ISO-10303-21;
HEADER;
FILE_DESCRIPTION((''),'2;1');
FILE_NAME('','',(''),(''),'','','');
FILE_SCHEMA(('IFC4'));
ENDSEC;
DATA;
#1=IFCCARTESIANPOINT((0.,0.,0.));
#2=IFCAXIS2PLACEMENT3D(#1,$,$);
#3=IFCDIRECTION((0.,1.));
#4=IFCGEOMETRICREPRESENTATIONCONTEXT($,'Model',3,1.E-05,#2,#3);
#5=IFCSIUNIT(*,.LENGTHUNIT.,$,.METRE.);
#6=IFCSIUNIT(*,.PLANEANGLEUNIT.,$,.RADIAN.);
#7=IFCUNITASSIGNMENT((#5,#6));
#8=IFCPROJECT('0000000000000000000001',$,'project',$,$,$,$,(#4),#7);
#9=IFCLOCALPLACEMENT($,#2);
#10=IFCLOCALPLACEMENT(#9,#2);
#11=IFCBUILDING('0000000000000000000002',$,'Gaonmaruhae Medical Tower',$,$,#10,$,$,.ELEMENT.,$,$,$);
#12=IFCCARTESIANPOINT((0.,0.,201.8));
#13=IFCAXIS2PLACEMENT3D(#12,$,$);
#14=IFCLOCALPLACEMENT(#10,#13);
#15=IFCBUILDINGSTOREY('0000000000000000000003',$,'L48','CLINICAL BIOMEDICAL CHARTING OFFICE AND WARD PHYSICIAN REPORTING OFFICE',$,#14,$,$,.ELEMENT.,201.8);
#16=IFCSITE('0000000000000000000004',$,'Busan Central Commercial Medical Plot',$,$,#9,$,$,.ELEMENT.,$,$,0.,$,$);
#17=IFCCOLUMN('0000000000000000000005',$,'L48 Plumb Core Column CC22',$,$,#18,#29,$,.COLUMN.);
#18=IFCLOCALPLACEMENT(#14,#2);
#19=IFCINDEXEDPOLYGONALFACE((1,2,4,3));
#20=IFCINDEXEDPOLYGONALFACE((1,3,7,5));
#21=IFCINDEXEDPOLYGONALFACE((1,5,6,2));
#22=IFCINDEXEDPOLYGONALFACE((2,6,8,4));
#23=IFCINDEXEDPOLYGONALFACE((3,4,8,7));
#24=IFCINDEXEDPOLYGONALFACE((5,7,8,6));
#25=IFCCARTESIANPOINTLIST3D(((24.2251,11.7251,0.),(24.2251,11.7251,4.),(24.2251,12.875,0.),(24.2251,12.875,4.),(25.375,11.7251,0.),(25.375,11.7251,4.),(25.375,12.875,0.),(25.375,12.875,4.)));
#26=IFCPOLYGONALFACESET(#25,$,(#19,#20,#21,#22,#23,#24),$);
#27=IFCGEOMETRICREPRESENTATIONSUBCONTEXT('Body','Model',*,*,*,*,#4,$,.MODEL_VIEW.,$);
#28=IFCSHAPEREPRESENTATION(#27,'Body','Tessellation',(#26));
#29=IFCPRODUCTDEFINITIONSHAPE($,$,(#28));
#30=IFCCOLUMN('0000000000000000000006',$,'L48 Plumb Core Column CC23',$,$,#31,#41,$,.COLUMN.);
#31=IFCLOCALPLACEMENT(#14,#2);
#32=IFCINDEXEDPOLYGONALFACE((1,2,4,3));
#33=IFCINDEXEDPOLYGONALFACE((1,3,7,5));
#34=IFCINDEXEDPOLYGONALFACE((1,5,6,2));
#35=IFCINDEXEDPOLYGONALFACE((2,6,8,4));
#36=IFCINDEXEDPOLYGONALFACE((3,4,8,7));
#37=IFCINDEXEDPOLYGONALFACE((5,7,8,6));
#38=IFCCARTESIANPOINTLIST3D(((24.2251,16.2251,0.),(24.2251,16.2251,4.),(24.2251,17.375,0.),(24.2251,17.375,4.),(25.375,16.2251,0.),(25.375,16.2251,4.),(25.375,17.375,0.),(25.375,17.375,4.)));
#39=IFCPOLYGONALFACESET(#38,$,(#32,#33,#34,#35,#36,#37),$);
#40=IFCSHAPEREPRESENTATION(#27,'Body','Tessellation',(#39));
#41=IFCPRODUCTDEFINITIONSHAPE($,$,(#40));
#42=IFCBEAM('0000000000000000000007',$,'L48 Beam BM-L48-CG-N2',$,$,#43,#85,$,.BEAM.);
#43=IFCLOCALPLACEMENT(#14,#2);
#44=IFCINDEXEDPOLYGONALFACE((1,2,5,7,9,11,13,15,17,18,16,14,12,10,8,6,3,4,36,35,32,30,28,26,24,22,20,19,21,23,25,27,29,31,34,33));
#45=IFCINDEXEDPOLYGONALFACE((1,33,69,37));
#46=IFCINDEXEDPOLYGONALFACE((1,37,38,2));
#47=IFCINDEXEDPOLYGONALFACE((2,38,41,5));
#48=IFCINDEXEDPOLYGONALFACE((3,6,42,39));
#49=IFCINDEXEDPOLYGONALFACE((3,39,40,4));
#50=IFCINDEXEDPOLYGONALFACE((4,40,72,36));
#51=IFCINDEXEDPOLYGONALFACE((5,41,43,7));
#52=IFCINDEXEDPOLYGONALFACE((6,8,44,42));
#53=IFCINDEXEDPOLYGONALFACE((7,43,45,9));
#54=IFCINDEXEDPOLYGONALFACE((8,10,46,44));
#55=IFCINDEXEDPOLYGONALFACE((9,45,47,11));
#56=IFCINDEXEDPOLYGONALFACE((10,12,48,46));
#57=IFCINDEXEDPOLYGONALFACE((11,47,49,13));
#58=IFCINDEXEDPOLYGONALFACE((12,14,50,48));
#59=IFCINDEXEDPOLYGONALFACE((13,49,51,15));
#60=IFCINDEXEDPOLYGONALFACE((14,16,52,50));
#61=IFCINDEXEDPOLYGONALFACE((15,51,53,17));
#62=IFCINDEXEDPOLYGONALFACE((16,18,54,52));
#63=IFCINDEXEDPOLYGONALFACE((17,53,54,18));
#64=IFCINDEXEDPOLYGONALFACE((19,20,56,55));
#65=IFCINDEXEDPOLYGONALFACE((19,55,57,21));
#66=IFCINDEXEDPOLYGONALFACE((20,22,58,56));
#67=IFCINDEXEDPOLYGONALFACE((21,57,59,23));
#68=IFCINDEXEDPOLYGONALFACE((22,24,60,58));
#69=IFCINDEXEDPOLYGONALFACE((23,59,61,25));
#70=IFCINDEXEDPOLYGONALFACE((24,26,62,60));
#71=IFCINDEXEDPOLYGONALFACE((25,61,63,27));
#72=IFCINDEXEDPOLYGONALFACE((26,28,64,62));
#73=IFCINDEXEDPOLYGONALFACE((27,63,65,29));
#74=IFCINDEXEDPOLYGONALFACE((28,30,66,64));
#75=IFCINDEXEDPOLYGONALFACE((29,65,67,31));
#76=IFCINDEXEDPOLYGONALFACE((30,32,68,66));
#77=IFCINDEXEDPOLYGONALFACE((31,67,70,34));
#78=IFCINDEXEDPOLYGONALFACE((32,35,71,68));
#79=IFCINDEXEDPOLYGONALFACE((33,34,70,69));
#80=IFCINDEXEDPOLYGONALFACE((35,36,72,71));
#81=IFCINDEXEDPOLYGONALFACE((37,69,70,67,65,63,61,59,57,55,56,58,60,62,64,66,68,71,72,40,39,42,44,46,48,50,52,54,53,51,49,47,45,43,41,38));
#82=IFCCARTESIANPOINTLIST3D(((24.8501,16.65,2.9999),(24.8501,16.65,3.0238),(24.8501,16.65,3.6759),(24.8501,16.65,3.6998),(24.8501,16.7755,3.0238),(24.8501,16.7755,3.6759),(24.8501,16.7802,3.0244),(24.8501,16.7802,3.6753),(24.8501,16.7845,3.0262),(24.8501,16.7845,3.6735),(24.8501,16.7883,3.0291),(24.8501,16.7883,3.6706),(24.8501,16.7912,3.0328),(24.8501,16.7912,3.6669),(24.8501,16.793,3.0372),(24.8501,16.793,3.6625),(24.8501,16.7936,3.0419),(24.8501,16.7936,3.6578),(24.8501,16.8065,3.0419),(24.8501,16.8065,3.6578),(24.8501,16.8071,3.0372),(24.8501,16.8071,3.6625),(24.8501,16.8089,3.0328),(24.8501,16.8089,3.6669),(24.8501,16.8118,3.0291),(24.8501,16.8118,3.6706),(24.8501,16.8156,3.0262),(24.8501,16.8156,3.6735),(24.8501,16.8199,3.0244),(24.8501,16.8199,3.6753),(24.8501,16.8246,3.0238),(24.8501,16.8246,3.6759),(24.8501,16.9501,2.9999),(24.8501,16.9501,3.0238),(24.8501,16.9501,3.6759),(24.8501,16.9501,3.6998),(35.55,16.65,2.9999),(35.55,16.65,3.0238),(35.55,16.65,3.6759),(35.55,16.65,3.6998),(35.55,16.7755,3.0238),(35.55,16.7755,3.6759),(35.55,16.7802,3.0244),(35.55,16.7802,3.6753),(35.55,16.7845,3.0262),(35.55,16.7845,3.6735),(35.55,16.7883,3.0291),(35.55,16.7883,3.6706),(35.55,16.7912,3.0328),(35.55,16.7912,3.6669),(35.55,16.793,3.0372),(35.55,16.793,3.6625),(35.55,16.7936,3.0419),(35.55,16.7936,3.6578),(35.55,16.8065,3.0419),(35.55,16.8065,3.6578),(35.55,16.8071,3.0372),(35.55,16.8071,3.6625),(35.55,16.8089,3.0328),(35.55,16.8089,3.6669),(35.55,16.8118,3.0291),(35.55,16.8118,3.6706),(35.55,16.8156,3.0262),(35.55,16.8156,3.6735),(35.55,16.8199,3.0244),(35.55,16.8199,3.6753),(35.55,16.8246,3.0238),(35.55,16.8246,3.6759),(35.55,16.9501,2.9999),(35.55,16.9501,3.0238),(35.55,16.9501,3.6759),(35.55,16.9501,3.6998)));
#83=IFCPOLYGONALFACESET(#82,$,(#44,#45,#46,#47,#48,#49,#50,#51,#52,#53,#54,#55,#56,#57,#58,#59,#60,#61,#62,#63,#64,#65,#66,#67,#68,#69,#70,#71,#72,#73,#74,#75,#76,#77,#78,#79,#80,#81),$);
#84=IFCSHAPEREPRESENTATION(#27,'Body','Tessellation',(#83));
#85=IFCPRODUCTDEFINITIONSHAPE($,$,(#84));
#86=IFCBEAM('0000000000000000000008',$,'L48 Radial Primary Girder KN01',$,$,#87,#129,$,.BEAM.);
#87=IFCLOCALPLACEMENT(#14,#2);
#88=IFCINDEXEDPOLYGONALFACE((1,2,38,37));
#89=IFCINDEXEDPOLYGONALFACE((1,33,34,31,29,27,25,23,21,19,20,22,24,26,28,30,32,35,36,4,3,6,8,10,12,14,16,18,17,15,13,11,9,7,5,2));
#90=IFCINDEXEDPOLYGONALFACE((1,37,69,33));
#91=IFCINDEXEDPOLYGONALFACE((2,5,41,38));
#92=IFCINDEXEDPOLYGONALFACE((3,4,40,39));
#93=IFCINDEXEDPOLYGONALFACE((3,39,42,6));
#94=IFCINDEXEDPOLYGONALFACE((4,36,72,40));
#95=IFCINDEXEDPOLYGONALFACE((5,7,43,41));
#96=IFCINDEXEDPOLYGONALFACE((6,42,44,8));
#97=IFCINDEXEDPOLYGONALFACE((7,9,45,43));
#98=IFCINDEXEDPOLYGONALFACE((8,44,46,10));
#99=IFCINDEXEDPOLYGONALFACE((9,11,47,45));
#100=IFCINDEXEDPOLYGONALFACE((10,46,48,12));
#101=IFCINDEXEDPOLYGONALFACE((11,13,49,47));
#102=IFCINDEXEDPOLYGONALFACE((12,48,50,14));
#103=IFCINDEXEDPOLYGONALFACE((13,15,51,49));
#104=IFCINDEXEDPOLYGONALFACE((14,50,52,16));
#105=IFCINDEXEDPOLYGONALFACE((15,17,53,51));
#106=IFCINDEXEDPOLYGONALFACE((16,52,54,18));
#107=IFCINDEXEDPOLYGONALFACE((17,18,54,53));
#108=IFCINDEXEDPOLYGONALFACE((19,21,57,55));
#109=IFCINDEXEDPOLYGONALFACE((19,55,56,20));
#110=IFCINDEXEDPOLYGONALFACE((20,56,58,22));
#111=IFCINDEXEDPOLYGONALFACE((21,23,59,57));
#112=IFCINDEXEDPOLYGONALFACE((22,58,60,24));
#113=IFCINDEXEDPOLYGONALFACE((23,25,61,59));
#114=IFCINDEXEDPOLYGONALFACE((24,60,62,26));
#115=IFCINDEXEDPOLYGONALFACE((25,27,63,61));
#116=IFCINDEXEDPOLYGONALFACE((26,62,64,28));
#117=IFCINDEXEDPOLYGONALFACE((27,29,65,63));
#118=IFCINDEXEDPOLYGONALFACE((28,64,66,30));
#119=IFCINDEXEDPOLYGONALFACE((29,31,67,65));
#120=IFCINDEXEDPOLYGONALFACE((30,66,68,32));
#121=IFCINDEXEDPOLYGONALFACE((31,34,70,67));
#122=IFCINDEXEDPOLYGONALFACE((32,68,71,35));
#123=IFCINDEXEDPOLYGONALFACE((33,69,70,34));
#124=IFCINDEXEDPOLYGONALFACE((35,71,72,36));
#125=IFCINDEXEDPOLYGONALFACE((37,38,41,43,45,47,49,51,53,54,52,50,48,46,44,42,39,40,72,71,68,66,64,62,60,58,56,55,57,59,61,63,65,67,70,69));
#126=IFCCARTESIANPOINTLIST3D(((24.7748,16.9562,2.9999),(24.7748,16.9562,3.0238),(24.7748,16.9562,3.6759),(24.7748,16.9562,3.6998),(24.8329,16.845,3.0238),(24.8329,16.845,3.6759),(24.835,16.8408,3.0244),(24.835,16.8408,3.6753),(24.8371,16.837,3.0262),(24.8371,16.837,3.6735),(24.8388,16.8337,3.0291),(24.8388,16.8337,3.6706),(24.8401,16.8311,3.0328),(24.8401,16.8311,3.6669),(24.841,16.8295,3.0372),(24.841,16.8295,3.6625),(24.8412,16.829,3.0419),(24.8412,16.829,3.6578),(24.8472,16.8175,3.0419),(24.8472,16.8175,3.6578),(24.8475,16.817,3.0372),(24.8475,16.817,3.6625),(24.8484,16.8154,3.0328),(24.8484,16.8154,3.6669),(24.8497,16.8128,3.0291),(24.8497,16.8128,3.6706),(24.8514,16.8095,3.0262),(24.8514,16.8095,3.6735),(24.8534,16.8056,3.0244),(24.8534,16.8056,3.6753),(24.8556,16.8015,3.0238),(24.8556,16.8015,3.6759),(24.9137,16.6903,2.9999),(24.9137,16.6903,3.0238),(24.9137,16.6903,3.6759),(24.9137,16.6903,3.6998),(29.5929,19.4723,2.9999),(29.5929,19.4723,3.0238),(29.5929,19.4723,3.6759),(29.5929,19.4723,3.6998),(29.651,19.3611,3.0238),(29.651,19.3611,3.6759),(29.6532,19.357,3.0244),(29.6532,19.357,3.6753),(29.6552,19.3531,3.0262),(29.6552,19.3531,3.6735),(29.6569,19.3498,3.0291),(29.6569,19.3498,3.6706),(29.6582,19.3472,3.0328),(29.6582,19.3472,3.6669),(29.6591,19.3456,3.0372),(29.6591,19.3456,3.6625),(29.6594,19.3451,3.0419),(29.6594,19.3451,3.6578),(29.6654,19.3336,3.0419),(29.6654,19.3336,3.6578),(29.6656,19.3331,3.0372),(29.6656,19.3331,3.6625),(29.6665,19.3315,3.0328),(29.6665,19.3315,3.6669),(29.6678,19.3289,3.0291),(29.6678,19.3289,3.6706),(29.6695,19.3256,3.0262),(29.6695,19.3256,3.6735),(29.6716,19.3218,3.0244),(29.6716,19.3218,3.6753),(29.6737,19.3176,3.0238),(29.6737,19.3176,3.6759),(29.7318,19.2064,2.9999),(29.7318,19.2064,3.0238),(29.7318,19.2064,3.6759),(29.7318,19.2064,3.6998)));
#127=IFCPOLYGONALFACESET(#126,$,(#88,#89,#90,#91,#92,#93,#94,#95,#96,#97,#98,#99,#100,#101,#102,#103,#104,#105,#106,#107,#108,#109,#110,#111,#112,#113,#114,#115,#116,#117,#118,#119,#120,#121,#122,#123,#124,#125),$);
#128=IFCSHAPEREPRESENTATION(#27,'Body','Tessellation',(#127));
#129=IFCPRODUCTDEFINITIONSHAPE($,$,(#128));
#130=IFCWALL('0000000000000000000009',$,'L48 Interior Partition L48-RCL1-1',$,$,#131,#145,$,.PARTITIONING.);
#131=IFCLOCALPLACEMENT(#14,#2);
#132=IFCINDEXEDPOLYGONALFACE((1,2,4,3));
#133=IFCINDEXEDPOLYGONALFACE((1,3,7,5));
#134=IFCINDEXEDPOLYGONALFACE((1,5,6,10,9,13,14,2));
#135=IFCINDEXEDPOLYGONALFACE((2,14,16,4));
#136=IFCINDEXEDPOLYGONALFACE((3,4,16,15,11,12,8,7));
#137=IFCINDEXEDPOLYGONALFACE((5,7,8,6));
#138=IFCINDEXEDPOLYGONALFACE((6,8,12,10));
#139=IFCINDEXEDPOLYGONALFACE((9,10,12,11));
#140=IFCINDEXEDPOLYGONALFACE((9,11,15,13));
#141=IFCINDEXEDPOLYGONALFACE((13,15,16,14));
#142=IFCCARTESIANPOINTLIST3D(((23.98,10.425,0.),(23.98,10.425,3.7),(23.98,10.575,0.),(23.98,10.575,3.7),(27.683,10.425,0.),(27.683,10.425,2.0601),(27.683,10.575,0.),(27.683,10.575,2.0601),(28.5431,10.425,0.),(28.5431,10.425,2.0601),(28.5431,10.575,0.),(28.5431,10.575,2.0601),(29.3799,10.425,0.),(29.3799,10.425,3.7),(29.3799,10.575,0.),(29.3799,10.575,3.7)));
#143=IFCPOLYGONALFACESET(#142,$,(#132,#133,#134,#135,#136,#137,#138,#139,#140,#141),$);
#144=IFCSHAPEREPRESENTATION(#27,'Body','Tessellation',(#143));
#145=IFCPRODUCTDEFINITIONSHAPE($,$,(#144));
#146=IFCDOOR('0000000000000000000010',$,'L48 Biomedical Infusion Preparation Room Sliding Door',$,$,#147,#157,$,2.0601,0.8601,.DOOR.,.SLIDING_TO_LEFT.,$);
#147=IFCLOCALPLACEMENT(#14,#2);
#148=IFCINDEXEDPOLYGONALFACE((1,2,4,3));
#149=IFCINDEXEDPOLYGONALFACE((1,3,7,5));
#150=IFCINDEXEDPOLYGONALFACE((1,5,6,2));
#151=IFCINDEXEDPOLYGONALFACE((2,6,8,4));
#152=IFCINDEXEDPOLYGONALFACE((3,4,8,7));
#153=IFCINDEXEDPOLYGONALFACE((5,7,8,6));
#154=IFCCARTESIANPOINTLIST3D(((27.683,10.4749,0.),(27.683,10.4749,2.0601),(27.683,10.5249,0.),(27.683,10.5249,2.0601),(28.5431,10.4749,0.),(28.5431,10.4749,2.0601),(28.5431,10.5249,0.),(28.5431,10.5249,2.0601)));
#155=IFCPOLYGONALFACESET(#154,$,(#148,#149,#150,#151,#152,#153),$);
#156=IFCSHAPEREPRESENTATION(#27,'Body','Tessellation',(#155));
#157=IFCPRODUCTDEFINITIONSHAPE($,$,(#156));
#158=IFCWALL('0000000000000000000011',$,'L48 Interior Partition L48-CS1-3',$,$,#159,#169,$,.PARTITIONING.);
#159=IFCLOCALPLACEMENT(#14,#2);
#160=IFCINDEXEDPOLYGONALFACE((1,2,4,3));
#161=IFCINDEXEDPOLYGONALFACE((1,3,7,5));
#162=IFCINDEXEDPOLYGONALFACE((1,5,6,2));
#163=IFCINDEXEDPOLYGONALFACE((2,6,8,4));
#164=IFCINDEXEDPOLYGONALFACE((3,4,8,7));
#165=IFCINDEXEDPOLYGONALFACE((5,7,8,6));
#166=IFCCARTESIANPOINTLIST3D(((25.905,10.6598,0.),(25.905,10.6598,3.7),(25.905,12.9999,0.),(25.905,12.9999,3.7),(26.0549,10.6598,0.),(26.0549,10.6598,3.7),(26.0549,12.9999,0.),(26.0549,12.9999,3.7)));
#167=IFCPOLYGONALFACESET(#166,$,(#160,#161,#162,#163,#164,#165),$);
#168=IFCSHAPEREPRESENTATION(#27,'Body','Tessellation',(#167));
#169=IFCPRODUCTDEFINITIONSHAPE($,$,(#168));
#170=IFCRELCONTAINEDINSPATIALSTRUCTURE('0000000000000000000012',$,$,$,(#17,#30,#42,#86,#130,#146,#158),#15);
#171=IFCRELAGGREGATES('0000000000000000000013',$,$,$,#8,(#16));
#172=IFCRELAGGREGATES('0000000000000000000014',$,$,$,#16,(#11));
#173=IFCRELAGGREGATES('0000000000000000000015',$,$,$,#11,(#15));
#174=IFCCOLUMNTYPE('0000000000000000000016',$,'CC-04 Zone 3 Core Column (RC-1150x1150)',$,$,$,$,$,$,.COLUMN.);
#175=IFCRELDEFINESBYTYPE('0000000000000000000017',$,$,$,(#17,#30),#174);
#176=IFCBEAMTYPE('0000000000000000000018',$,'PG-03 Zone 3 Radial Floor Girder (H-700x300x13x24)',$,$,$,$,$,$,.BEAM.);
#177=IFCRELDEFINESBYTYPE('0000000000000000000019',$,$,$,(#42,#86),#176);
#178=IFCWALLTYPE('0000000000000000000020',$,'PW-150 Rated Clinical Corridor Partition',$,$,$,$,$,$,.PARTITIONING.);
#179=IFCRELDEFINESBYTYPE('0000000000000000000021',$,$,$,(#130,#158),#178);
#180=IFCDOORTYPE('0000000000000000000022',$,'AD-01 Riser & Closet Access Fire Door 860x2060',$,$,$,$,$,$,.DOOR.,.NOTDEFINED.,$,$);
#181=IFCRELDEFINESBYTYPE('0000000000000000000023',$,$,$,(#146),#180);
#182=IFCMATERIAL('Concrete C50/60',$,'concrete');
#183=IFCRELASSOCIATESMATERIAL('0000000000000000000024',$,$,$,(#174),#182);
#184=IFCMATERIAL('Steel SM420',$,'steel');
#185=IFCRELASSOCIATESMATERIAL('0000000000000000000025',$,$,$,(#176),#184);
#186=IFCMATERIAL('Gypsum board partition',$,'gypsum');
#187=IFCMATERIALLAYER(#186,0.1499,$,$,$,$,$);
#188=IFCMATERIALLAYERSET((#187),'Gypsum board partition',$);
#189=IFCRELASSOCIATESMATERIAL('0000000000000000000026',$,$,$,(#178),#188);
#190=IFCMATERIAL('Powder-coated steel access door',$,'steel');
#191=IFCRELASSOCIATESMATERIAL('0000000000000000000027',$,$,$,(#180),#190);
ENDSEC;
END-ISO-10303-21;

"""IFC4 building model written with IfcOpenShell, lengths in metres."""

from ifc_helpers import new_model, si_unit, direction, frame, frame_2d, origin, origin_2d, place, context, subcontext, project, spatial, rectangle, i_section, extrude, material, layer, layer_set, material_profile, profile_set, type_object, element, fill, save


model = new_model("IFC4")

# Units and contexts
model_context = context("Model", 3, precision=1e-05, world=origin(), true_north=direction((0.0, 1.0)))
body_context = subcontext(model_context, "Body", "Model", "MODEL_VIEW")
ifc_project = project(units=[si_unit("LENGTHUNIT", "METRE"), si_unit("PLANEANGLEUNIT", "RADIAN")], contexts=[model_context])

# Site, building, storey
site_placement = place(None, origin())
site = spatial("IfcSite", under=ifc_project, at=site_placement, Name="Busan Central Commercial Medical Plot", CompositionType="ELEMENT", RefElevation=0.0)
building_placement = place(site_placement, origin())
building = spatial("IfcBuilding", under=site, at=building_placement, Name="Gaonmaruhae Medical Tower", CompositionType="ELEMENT")
storey_placement = place(building_placement, frame((0.0, 0.0, 201.8)))
storey = spatial("IfcBuildingStorey", under=building, at=storey_placement, Name="L48", Description="CLINICAL BIOMEDICAL CHARTING OFFICE AND WARD PHYSICIAN REPORTING OFFICE", CompositionType="ELEMENT", Elevation=201.8)

# Columns
ifc_material_1 = material(Name="Concrete C50/60", Category="concrete")
ifc_material_profile_1 = material_profile(ifc_material_1, rectangle(XDim=1.1499, YDim=1.1499, at=origin_2d()), Name="RC-1150x1150")
ifc_profile_set_1 = profile_set([ifc_material_profile_1], Name="Concrete C50/60")
column_type = type_object("IfcColumnType", Name="CC-04 Zone 3 Core Column (RC-1150x1150)", PredefinedType="COLUMN", material=ifc_profile_set_1)
for number, where, z_axis, x_axis, name in (
    (1, (24.8, 12.3, 0.0), (0.0, 0.0, 1.0), (1.0, 0.0, 0.0), "L48 Plumb Core Column CC22"),
    (2, (24.8, 16.8, 0.0), (0.0, 0.0, 1.0), (1.0, 0.0, 0.0), "L48 Plumb Core Column CC23"),
):
    element("IfcColumn", number, at=place(storey_placement, frame(where, z_axis=z_axis, x_axis=x_axis)), inside=storey, type_object=column_type, Name=name, PredefinedType="COLUMN", context=body_context, shape_type="SweptSolid", body=[
        extrude(rectangle(XDim=1.1499, YDim=1.1499, at=origin_2d()), origin(), (0.0, 0.0, 1.0), 4.0),
    ])

# Beams
ifc_material_2 = material(Name="Steel SM420", Category="steel")
ifc_material_profile_2 = material_profile(ifc_material_2, i_section(OverallWidth=0.3, OverallDepth=0.7, WebThickness=0.0129, FlangeThickness=0.0239, FilletRadius=0.0181, at=origin_2d()), Name="H-700x300x13x24")
ifc_profile_set_2 = profile_set([ifc_material_profile_2], Name="Steel SM420")
beam_type = type_object("IfcBeamType", Name="PG-03 Zone 3 Radial Floor Girder (H-700x300x13x24)", PredefinedType="BEAM", material=ifc_profile_set_2)
beam_1_placement = place(storey_placement, frame((24.8501, 16.8, 3.3499), z_axis=(1.0, 0.0, 0.0), x_axis=(0.0, 1.0, 0.0)))
element("IfcBeam", 3, at=beam_1_placement, inside=storey, type_object=beam_type, Name="L48 Beam BM-L48-CG-N2", PredefinedType="BEAM", context=body_context, shape_type="SweptSolid", body=[
    extrude(i_section(OverallWidth=0.3, OverallDepth=0.7, WebThickness=0.0129, FlangeThickness=0.0239, FilletRadius=0.0181, at=origin_2d()), origin(), (0.0, 0.0, 1.0), 10.7),
])
beam_2_placement = place(storey_placement, frame((24.8442, 16.8232, 3.3499), z_axis=(0.88641, 0.462901, 0.0), x_axis=(-0.462901, 0.88641, 0.0)))
element("IfcBeam", 4, at=beam_2_placement, inside=storey, type_object=beam_type, Name="L48 Radial Primary Girder KN01", PredefinedType="BEAM", context=body_context, shape_type="SweptSolid", body=[
    extrude(i_section(OverallWidth=0.3, OverallDepth=0.7, WebThickness=0.0129, FlangeThickness=0.0239, FilletRadius=0.0181, at=origin_2d()), origin(), (0.0, 0.0, 1.0), 5.4355),
])

# Wall, opening, door
ifc_material_3 = material(Name="Gypsum board partition", Category="gypsum")
ifc_layer_1 = layer(ifc_material_3, 0.1499)
ifc_layer_set_1 = layer_set([ifc_layer_1], Name="Gypsum board partition")
wall_type_1 = type_object("IfcWallType", Name="PW-150 Rated Clinical Corridor Partition", PredefinedType="PARTITIONING", material=ifc_layer_set_1)
wall_1_placement = place(storey_placement, frame((23.98, 10.5, 0.0), z_axis=(0.0, 0.0, 1.0), x_axis=(1.0, 0.0, 0.0)))
wall_1 = element("IfcWall", 5, at=wall_1_placement, inside=storey, type_object=wall_type_1, Name="L48 Interior Partition L48-RCL1-1", PredefinedType="PARTITIONING", context=body_context, shape_type="SweptSolid", body=[
    extrude(rectangle(XDim=5.3999, YDim=0.1499, at=frame_2d((2.7, 0.0))), origin(), (0.0, 0.0, 1.0), 3.7),
])
opening_1_placement = place(wall_1_placement, frame((3.7029, 0.0, 0.0)))
opening_1 = element("IfcOpeningElement", 6, at=opening_1_placement, cuts=wall_1, PredefinedType="OPENING", context=body_context, shape_type="SweptSolid", body=[
    extrude(rectangle(XDim=0.8601, YDim=2.0601, at=frame_2d((0.4302, 1.03))), frame((0.0, 0.085, 0.0), z_axis=(0.0, -1.0, 0.0), x_axis=(1.0, 0.0, 0.0)), (0.0, 0.0, 1.0), 0.1699),
])
ifc_material_4 = material(Name="Powder-coated steel access door", Category="steel")
door_type_1 = type_object("IfcDoorType", Name="AD-01 Riser & Closet Access Fire Door 860x2060", OperationType="NOTDEFINED", PredefinedType="DOOR", material=ifc_material_4)
door_1_placement = place(opening_1_placement, origin())
door_1 = element("IfcDoor", 7, at=door_1_placement, inside=storey, type_object=door_type_1, Name="L48 Biomedical Infusion Preparation Room Sliding Door", OperationType="SLIDING_TO_LEFT", OverallHeight=2.0601, OverallWidth=0.8601, PredefinedType="DOOR", context=body_context, shape_type="SweptSolid", body=[
    extrude(rectangle(XDim=0.8601, YDim=2.0601, at=frame_2d((0.4302, 1.03))), frame((0.0, 0.0249, 0.0), z_axis=(0.0, -1.0, 0.0), x_axis=(1.0, 0.0, 0.0)), (0.0, 0.0, 1.0), 0.05),
])
fill(opening_1, door_1)

# Wall
wall_2_placement = place(storey_placement, frame((25.98, 10.6599, 0.0), z_axis=(0.0, 0.0, 1.0), x_axis=(0.0, 1.0, 0.0)))
element("IfcWall", 8, at=wall_2_placement, inside=storey, type_object=wall_type_1, Name="L48 Interior Partition L48-CS1-3", PredefinedType="PARTITIONING", context=body_context, shape_type="SweptSolid", body=[
    extrude(rectangle(XDim=2.3401, YDim=0.1499, at=frame_2d((1.1699, 0.0))), origin(), (0.0, 0.0, 1.0), 3.7),
])

save(model, "model.ifc")
